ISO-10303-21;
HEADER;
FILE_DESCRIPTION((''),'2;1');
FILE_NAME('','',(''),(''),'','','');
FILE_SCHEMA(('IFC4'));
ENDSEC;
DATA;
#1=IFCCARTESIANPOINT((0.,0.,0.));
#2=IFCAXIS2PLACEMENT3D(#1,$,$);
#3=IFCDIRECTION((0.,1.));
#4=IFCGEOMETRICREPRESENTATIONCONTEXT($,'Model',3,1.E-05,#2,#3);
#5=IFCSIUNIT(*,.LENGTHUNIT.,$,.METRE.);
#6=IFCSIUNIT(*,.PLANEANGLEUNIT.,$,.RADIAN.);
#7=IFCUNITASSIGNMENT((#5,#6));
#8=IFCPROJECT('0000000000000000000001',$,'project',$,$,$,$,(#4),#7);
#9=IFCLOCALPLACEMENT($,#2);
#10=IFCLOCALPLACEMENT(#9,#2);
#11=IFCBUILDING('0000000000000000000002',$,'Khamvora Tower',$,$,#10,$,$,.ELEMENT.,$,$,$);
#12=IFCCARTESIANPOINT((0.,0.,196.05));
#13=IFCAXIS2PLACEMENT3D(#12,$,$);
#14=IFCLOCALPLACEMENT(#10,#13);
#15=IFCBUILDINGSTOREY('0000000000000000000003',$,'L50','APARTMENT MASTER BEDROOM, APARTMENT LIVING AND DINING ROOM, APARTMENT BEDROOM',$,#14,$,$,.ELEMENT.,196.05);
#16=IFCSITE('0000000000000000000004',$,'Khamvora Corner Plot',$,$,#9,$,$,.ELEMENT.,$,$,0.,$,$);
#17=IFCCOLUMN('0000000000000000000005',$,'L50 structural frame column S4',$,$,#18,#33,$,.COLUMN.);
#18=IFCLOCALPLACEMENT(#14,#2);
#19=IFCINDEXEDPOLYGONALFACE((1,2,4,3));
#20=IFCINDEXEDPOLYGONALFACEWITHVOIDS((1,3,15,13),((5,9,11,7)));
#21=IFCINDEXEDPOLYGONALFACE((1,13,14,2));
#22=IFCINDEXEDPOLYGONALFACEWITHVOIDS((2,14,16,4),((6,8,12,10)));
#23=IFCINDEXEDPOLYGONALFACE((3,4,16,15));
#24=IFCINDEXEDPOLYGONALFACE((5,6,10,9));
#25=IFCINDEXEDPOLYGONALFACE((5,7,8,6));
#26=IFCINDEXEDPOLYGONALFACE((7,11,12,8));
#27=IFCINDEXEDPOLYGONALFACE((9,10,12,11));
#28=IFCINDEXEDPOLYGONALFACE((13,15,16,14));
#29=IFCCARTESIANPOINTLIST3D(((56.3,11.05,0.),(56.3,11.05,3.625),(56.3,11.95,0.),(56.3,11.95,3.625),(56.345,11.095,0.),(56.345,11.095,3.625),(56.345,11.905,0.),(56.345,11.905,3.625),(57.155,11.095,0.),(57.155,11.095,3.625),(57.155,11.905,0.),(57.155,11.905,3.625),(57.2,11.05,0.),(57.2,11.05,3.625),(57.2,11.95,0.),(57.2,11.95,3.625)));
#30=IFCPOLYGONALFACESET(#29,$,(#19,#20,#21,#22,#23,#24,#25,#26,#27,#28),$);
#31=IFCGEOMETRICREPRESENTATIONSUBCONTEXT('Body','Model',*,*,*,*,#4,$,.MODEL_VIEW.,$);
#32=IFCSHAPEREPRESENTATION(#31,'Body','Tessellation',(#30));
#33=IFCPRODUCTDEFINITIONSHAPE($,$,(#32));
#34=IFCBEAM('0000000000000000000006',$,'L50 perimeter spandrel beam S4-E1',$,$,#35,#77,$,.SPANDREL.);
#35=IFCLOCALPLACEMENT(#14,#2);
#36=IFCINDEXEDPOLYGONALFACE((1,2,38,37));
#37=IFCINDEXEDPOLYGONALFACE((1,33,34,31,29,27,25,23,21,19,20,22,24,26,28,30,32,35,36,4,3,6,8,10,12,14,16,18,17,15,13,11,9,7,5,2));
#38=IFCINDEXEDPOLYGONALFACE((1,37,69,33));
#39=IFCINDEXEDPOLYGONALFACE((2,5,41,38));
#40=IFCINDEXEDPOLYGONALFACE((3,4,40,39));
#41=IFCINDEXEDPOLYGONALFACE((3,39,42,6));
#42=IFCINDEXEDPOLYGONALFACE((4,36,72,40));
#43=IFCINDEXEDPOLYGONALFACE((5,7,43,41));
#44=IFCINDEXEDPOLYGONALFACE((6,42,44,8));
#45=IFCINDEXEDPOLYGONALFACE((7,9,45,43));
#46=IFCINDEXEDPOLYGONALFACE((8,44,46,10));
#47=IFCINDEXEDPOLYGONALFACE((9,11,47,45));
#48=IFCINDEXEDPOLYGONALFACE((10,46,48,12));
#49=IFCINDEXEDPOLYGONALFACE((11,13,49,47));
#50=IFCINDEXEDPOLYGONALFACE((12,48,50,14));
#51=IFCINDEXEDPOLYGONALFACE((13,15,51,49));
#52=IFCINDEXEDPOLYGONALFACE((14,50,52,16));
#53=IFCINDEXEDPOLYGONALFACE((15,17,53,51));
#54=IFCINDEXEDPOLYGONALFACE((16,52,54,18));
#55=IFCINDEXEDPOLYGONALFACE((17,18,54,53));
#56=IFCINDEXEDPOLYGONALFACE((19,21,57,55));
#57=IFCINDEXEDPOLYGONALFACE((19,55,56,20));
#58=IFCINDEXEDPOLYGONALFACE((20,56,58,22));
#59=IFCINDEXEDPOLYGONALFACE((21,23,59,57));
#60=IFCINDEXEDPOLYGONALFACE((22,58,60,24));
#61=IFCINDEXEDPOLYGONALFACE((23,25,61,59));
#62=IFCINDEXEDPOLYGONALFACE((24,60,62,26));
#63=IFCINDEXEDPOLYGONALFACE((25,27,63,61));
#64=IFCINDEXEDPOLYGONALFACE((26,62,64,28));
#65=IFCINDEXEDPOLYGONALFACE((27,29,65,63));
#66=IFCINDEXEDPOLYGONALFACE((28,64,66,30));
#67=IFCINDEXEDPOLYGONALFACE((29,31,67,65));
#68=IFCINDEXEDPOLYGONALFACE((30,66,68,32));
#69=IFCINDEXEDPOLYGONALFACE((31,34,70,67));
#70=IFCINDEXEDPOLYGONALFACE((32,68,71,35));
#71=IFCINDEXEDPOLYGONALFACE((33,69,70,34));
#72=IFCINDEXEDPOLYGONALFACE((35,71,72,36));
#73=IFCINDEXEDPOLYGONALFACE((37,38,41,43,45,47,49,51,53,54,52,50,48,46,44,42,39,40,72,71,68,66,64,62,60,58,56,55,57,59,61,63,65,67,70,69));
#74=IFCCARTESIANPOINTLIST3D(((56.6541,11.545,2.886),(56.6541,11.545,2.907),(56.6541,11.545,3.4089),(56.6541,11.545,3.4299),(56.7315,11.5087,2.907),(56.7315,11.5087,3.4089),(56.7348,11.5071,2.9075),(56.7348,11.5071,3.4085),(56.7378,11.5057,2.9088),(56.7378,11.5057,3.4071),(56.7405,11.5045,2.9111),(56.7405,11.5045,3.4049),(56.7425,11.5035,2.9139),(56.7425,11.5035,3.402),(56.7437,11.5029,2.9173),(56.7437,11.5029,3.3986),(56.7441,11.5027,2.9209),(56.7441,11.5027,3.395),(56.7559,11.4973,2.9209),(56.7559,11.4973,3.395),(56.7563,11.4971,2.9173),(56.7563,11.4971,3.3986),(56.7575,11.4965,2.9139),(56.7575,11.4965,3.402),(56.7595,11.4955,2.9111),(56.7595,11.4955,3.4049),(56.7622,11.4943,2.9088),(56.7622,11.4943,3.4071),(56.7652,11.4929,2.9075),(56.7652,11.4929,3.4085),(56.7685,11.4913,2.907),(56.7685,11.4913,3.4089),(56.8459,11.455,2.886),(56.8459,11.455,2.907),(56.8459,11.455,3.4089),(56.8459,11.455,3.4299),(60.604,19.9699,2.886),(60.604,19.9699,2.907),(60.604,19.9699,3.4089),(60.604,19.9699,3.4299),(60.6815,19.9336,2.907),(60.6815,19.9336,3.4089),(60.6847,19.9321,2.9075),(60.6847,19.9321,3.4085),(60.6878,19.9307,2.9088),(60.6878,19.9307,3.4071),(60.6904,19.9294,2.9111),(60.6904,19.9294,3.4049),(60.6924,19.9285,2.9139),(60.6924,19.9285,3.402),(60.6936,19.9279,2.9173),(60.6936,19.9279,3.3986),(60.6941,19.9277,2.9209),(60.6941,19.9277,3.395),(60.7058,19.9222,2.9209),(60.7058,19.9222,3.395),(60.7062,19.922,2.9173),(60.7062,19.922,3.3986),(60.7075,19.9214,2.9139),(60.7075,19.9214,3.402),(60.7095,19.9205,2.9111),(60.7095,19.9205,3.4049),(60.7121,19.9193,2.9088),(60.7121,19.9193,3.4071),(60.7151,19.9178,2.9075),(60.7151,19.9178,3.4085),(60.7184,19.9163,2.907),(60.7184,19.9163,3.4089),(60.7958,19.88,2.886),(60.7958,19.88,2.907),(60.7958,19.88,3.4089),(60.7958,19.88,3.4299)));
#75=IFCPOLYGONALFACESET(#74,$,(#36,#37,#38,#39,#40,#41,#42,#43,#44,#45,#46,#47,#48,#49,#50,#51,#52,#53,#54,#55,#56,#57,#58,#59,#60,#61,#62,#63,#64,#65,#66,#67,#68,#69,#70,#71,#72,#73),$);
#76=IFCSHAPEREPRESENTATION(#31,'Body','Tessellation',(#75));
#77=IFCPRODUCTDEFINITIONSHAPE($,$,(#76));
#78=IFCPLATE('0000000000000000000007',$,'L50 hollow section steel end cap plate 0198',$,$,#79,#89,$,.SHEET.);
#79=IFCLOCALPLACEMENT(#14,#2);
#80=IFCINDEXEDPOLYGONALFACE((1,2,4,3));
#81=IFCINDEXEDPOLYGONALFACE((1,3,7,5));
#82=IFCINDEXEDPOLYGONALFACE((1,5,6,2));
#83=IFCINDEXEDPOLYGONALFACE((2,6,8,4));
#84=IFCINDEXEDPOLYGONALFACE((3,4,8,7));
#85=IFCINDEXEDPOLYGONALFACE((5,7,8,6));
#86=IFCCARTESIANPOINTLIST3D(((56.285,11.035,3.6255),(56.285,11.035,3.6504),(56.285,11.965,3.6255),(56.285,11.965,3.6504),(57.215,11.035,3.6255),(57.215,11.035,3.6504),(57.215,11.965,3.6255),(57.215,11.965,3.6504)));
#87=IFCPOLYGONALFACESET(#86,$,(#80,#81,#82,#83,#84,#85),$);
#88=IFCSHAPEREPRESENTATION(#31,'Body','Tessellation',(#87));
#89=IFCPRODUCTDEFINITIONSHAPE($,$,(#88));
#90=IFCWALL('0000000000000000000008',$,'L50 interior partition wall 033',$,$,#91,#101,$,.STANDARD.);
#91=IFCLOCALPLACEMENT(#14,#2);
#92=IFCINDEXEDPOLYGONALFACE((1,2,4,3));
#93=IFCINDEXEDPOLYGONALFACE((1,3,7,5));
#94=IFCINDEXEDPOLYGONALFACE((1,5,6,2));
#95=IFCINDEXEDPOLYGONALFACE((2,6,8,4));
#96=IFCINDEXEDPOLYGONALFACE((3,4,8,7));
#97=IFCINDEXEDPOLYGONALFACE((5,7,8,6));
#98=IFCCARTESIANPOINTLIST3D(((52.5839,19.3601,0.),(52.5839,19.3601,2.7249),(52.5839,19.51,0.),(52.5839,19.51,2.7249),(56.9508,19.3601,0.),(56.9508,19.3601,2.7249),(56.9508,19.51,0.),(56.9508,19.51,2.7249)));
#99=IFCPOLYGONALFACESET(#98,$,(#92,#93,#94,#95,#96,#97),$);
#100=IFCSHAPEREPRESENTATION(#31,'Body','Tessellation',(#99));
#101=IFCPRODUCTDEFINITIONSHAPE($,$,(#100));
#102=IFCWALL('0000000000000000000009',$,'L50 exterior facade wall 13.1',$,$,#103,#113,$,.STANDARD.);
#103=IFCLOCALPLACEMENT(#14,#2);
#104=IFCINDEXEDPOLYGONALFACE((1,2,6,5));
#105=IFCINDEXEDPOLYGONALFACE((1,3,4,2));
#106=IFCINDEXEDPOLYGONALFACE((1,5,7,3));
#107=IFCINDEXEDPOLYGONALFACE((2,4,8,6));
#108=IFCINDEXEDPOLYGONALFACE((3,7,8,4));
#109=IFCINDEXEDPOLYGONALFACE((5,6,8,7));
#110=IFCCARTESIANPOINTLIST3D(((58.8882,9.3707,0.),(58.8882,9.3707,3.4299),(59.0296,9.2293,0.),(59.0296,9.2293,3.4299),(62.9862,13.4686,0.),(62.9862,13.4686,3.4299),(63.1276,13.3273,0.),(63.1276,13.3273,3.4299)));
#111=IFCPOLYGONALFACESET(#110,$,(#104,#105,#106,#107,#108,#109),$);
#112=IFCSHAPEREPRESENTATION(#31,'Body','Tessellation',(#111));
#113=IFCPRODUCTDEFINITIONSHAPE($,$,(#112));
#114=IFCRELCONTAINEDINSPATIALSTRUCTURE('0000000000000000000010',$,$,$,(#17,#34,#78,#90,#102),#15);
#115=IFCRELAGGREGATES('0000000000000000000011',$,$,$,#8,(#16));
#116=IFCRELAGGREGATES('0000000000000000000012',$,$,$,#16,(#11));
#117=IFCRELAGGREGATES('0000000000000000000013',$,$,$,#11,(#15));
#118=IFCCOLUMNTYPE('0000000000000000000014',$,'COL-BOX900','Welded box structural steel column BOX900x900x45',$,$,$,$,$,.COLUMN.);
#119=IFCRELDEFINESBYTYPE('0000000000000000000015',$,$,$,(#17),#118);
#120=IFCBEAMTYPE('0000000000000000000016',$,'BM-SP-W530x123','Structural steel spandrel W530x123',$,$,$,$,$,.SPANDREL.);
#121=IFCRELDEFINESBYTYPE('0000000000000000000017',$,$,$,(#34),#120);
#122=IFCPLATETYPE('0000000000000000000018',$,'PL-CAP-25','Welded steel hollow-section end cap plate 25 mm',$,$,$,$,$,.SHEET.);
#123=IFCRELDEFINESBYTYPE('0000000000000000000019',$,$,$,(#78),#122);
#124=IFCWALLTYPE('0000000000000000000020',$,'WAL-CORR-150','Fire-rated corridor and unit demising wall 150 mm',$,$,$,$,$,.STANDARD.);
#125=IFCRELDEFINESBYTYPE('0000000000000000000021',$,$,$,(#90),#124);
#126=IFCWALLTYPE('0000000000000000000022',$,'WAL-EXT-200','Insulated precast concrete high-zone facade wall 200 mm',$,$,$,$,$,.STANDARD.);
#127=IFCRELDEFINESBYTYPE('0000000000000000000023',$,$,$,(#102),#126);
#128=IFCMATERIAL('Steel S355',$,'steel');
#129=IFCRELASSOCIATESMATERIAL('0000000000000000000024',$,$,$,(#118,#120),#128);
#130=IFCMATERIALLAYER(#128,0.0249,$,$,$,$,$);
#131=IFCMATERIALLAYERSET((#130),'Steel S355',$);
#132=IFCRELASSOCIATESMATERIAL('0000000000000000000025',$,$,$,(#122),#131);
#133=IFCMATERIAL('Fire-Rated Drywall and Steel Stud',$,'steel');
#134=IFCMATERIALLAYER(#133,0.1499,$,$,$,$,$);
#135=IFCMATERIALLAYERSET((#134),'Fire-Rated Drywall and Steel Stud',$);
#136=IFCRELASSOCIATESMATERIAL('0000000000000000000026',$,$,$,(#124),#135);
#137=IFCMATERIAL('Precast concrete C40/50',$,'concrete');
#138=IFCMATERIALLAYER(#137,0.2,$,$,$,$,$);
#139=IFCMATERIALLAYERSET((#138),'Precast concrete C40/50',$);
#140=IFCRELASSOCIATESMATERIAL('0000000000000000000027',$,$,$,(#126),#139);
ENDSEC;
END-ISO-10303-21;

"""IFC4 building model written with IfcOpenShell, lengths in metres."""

from ifc_helpers import new_model, si_unit, direction, frame, frame_2d, origin, origin_2d, place, context, subcontext, project, spatial, rectangle, hollow_rectangle, i_section, extrude, material, layer, layer_set, material_profile, profile_set, type_object, element, save


model = new_model("IFC4")

# Units and contexts
model_context = context("Model", 3, precision=1e-05, world=origin(), true_north=direction((0.0, 1.0)))
body_context = subcontext(model_context, "Body", "Model", "MODEL_VIEW")
ifc_project = project(units=[si_unit("LENGTHUNIT", "METRE"), si_unit("PLANEANGLEUNIT", "RADIAN")], contexts=[model_context])

# Site, building, storey
site_placement = place(None, origin())
site = spatial("IfcSite", under=ifc_project, at=site_placement, Name="Khamvora Corner Plot", CompositionType="ELEMENT", RefElevation=0.0)
building_placement = place(site_placement, origin())
building = spatial("IfcBuilding", under=site, at=building_placement, Name="Khamvora Tower", CompositionType="ELEMENT")
storey_placement = place(building_placement, frame((0.0, 0.0, 196.05)))
storey = spatial("IfcBuildingStorey", under=building, at=storey_placement, Name="L50", Description="APARTMENT MASTER BEDROOM, APARTMENT LIVING AND DINING ROOM, APARTMENT BEDROOM", CompositionType="ELEMENT", Elevation=196.05)

# Column
ifc_material_1 = material(Name="Steel S355", Category="steel")
ifc_material_profile_1 = material_profile(ifc_material_1, hollow_rectangle(XDim=0.8999, YDim=0.8999, WallThickness=0.0449, at=origin_2d()), Name="BOX900x900x45")
ifc_profile_set_1 = profile_set([ifc_material_profile_1], Name="Steel S355")
column_type = type_object("IfcColumnType", Name="COL-BOX900", Description="Welded box structural steel column BOX900x900x45", PredefinedType="COLUMN", material=ifc_profile_set_1)
column_placement = place(storey_placement, frame((56.75, 11.5, 0.0), z_axis=(0.0, 0.0, 1.0), x_axis=(1.0, 0.0, 0.0)))
element("IfcColumn", 1, at=column_placement, inside=storey, type_object=column_type, Name="L50 structural frame column S4", PredefinedType="COLUMN", context=body_context, shape_type="SweptSolid", body=[
    extrude(hollow_rectangle(XDim=0.8999, YDim=0.8999, WallThickness=0.0449, at=origin_2d()), origin(), (0.0, 0.0, 1.0), 3.625),
])

# Beam
ifc_material_profile_2 = material_profile(ifc_material_1, i_section(OverallWidth=0.2119, OverallDepth=0.5439, WebThickness=0.0129, FlangeThickness=0.021, FilletRadius=0.0139, at=origin_2d()), Name="W530x123")
ifc_profile_set_2 = profile_set([ifc_material_profile_2], Name="Steel S355")
beam_type = type_object("IfcBeamType", Name="BM-SP-W530x123", Description="Structural steel spandrel W530x123", PredefinedType="SPANDREL", material=ifc_profile_set_2)
beam_placement = place(storey_placement, frame((56.75, 11.5, 3.158), z_axis=(0.424496, 0.90543, 0.0), x_axis=(-0.90543, 0.424496, 0.0)))
element("IfcBeam", 2, at=beam_placement, inside=storey, type_object=beam_type, Name="L50 perimeter spandrel beam S4-E1", PredefinedType="SPANDREL", context=body_context, shape_type="SweptSolid", body=[
    extrude(i_section(OverallWidth=0.2119, OverallDepth=0.5439, WebThickness=0.0129, FlangeThickness=0.021, FilletRadius=0.0139, at=origin_2d()), origin(), (0.0, 0.0, 1.0), 9.3049),
])

# Plate
ifc_layer_1 = layer(ifc_material_1, 0.0249)
ifc_layer_set_1 = layer_set([ifc_layer_1], Name="Steel S355")
plate_type = type_object("IfcPlateType", Name="PL-CAP-25", Description="Welded steel hollow-section end cap plate 25 mm", PredefinedType="SHEET", material=ifc_layer_set_1)
plate_placement = place(storey_placement, frame((56.75, 11.5, 3.6255), z_axis=(0.0, 0.0, 1.0), x_axis=(1.0, 0.0, 0.0)))
element("IfcPlate", 3, at=plate_placement, inside=storey, type_object=plate_type, Name="L50 hollow section steel end cap plate 0198", PredefinedType="SHEET", context=body_context, shape_type="SweptSolid", body=[
    extrude(rectangle(XDim=0.9299, YDim=0.9299, at=origin_2d()), origin(), (0.0, 0.0, 1.0), 0.0249),
])

# Walls
ifc_material_2 = material(Name="Fire-Rated Drywall and Steel Stud", Category="steel")
ifc_layer_2 = layer(ifc_material_2, 0.1499)
ifc_layer_set_2 = layer_set([ifc_layer_2], Name="Fire-Rated Drywall and Steel Stud")
wall_type_1 = type_object("IfcWallType", Name="WAL-CORR-150", Description="Fire-rated corridor and unit demising wall 150 mm", PredefinedType="STANDARD", material=ifc_layer_set_2)
wall_1_placement = place(storey_placement, frame((56.9509, 19.4351, 0.0), z_axis=(0.0, 0.0, 1.0), x_axis=(-1.0, 0.0, 0.0)))
element("IfcWall", 4, at=wall_1_placement, inside=storey, type_object=wall_type_1, Name="L50 interior partition wall 033", PredefinedType="STANDARD", context=body_context, shape_type="SweptSolid", body=[
    extrude(rectangle(XDim=4.3669, YDim=0.1499, at=frame_2d((2.1836, 0.0))), origin(), (0.0, 0.0, 1.0), 2.7249),
])
ifc_material_3 = material(Name="Precast concrete C40/50", Category="concrete")
ifc_layer_3 = layer(ifc_material_3, 0.2)
ifc_layer_set_3 = layer_set([ifc_layer_3], Name="Precast concrete C40/50")
wall_type_2 = type_object("IfcWallType", Name="WAL-EXT-200", Description="Insulated precast concrete high-zone facade wall 200 mm", PredefinedType="STANDARD", material=ifc_layer_set_3)
wall_2_placement = place(storey_placement, frame((63.0569, 13.3979, 0.0), z_axis=(0.0, 0.0, 1.0), x_axis=(-0.707107, -0.707107, 0.0)))
element("IfcWall", 5, at=wall_2_placement, inside=storey, type_object=wall_type_2, Name="L50 exterior facade wall 13.1", PredefinedType="STANDARD", context=body_context, shape_type="SweptSolid", body=[
    extrude(rectangle(XDim=5.7954, YDim=0.2, at=frame_2d((2.8977, 0.0))), origin(), (0.0, 0.0, 1.0), 3.4299),
])

save(model, "model.ifc")
